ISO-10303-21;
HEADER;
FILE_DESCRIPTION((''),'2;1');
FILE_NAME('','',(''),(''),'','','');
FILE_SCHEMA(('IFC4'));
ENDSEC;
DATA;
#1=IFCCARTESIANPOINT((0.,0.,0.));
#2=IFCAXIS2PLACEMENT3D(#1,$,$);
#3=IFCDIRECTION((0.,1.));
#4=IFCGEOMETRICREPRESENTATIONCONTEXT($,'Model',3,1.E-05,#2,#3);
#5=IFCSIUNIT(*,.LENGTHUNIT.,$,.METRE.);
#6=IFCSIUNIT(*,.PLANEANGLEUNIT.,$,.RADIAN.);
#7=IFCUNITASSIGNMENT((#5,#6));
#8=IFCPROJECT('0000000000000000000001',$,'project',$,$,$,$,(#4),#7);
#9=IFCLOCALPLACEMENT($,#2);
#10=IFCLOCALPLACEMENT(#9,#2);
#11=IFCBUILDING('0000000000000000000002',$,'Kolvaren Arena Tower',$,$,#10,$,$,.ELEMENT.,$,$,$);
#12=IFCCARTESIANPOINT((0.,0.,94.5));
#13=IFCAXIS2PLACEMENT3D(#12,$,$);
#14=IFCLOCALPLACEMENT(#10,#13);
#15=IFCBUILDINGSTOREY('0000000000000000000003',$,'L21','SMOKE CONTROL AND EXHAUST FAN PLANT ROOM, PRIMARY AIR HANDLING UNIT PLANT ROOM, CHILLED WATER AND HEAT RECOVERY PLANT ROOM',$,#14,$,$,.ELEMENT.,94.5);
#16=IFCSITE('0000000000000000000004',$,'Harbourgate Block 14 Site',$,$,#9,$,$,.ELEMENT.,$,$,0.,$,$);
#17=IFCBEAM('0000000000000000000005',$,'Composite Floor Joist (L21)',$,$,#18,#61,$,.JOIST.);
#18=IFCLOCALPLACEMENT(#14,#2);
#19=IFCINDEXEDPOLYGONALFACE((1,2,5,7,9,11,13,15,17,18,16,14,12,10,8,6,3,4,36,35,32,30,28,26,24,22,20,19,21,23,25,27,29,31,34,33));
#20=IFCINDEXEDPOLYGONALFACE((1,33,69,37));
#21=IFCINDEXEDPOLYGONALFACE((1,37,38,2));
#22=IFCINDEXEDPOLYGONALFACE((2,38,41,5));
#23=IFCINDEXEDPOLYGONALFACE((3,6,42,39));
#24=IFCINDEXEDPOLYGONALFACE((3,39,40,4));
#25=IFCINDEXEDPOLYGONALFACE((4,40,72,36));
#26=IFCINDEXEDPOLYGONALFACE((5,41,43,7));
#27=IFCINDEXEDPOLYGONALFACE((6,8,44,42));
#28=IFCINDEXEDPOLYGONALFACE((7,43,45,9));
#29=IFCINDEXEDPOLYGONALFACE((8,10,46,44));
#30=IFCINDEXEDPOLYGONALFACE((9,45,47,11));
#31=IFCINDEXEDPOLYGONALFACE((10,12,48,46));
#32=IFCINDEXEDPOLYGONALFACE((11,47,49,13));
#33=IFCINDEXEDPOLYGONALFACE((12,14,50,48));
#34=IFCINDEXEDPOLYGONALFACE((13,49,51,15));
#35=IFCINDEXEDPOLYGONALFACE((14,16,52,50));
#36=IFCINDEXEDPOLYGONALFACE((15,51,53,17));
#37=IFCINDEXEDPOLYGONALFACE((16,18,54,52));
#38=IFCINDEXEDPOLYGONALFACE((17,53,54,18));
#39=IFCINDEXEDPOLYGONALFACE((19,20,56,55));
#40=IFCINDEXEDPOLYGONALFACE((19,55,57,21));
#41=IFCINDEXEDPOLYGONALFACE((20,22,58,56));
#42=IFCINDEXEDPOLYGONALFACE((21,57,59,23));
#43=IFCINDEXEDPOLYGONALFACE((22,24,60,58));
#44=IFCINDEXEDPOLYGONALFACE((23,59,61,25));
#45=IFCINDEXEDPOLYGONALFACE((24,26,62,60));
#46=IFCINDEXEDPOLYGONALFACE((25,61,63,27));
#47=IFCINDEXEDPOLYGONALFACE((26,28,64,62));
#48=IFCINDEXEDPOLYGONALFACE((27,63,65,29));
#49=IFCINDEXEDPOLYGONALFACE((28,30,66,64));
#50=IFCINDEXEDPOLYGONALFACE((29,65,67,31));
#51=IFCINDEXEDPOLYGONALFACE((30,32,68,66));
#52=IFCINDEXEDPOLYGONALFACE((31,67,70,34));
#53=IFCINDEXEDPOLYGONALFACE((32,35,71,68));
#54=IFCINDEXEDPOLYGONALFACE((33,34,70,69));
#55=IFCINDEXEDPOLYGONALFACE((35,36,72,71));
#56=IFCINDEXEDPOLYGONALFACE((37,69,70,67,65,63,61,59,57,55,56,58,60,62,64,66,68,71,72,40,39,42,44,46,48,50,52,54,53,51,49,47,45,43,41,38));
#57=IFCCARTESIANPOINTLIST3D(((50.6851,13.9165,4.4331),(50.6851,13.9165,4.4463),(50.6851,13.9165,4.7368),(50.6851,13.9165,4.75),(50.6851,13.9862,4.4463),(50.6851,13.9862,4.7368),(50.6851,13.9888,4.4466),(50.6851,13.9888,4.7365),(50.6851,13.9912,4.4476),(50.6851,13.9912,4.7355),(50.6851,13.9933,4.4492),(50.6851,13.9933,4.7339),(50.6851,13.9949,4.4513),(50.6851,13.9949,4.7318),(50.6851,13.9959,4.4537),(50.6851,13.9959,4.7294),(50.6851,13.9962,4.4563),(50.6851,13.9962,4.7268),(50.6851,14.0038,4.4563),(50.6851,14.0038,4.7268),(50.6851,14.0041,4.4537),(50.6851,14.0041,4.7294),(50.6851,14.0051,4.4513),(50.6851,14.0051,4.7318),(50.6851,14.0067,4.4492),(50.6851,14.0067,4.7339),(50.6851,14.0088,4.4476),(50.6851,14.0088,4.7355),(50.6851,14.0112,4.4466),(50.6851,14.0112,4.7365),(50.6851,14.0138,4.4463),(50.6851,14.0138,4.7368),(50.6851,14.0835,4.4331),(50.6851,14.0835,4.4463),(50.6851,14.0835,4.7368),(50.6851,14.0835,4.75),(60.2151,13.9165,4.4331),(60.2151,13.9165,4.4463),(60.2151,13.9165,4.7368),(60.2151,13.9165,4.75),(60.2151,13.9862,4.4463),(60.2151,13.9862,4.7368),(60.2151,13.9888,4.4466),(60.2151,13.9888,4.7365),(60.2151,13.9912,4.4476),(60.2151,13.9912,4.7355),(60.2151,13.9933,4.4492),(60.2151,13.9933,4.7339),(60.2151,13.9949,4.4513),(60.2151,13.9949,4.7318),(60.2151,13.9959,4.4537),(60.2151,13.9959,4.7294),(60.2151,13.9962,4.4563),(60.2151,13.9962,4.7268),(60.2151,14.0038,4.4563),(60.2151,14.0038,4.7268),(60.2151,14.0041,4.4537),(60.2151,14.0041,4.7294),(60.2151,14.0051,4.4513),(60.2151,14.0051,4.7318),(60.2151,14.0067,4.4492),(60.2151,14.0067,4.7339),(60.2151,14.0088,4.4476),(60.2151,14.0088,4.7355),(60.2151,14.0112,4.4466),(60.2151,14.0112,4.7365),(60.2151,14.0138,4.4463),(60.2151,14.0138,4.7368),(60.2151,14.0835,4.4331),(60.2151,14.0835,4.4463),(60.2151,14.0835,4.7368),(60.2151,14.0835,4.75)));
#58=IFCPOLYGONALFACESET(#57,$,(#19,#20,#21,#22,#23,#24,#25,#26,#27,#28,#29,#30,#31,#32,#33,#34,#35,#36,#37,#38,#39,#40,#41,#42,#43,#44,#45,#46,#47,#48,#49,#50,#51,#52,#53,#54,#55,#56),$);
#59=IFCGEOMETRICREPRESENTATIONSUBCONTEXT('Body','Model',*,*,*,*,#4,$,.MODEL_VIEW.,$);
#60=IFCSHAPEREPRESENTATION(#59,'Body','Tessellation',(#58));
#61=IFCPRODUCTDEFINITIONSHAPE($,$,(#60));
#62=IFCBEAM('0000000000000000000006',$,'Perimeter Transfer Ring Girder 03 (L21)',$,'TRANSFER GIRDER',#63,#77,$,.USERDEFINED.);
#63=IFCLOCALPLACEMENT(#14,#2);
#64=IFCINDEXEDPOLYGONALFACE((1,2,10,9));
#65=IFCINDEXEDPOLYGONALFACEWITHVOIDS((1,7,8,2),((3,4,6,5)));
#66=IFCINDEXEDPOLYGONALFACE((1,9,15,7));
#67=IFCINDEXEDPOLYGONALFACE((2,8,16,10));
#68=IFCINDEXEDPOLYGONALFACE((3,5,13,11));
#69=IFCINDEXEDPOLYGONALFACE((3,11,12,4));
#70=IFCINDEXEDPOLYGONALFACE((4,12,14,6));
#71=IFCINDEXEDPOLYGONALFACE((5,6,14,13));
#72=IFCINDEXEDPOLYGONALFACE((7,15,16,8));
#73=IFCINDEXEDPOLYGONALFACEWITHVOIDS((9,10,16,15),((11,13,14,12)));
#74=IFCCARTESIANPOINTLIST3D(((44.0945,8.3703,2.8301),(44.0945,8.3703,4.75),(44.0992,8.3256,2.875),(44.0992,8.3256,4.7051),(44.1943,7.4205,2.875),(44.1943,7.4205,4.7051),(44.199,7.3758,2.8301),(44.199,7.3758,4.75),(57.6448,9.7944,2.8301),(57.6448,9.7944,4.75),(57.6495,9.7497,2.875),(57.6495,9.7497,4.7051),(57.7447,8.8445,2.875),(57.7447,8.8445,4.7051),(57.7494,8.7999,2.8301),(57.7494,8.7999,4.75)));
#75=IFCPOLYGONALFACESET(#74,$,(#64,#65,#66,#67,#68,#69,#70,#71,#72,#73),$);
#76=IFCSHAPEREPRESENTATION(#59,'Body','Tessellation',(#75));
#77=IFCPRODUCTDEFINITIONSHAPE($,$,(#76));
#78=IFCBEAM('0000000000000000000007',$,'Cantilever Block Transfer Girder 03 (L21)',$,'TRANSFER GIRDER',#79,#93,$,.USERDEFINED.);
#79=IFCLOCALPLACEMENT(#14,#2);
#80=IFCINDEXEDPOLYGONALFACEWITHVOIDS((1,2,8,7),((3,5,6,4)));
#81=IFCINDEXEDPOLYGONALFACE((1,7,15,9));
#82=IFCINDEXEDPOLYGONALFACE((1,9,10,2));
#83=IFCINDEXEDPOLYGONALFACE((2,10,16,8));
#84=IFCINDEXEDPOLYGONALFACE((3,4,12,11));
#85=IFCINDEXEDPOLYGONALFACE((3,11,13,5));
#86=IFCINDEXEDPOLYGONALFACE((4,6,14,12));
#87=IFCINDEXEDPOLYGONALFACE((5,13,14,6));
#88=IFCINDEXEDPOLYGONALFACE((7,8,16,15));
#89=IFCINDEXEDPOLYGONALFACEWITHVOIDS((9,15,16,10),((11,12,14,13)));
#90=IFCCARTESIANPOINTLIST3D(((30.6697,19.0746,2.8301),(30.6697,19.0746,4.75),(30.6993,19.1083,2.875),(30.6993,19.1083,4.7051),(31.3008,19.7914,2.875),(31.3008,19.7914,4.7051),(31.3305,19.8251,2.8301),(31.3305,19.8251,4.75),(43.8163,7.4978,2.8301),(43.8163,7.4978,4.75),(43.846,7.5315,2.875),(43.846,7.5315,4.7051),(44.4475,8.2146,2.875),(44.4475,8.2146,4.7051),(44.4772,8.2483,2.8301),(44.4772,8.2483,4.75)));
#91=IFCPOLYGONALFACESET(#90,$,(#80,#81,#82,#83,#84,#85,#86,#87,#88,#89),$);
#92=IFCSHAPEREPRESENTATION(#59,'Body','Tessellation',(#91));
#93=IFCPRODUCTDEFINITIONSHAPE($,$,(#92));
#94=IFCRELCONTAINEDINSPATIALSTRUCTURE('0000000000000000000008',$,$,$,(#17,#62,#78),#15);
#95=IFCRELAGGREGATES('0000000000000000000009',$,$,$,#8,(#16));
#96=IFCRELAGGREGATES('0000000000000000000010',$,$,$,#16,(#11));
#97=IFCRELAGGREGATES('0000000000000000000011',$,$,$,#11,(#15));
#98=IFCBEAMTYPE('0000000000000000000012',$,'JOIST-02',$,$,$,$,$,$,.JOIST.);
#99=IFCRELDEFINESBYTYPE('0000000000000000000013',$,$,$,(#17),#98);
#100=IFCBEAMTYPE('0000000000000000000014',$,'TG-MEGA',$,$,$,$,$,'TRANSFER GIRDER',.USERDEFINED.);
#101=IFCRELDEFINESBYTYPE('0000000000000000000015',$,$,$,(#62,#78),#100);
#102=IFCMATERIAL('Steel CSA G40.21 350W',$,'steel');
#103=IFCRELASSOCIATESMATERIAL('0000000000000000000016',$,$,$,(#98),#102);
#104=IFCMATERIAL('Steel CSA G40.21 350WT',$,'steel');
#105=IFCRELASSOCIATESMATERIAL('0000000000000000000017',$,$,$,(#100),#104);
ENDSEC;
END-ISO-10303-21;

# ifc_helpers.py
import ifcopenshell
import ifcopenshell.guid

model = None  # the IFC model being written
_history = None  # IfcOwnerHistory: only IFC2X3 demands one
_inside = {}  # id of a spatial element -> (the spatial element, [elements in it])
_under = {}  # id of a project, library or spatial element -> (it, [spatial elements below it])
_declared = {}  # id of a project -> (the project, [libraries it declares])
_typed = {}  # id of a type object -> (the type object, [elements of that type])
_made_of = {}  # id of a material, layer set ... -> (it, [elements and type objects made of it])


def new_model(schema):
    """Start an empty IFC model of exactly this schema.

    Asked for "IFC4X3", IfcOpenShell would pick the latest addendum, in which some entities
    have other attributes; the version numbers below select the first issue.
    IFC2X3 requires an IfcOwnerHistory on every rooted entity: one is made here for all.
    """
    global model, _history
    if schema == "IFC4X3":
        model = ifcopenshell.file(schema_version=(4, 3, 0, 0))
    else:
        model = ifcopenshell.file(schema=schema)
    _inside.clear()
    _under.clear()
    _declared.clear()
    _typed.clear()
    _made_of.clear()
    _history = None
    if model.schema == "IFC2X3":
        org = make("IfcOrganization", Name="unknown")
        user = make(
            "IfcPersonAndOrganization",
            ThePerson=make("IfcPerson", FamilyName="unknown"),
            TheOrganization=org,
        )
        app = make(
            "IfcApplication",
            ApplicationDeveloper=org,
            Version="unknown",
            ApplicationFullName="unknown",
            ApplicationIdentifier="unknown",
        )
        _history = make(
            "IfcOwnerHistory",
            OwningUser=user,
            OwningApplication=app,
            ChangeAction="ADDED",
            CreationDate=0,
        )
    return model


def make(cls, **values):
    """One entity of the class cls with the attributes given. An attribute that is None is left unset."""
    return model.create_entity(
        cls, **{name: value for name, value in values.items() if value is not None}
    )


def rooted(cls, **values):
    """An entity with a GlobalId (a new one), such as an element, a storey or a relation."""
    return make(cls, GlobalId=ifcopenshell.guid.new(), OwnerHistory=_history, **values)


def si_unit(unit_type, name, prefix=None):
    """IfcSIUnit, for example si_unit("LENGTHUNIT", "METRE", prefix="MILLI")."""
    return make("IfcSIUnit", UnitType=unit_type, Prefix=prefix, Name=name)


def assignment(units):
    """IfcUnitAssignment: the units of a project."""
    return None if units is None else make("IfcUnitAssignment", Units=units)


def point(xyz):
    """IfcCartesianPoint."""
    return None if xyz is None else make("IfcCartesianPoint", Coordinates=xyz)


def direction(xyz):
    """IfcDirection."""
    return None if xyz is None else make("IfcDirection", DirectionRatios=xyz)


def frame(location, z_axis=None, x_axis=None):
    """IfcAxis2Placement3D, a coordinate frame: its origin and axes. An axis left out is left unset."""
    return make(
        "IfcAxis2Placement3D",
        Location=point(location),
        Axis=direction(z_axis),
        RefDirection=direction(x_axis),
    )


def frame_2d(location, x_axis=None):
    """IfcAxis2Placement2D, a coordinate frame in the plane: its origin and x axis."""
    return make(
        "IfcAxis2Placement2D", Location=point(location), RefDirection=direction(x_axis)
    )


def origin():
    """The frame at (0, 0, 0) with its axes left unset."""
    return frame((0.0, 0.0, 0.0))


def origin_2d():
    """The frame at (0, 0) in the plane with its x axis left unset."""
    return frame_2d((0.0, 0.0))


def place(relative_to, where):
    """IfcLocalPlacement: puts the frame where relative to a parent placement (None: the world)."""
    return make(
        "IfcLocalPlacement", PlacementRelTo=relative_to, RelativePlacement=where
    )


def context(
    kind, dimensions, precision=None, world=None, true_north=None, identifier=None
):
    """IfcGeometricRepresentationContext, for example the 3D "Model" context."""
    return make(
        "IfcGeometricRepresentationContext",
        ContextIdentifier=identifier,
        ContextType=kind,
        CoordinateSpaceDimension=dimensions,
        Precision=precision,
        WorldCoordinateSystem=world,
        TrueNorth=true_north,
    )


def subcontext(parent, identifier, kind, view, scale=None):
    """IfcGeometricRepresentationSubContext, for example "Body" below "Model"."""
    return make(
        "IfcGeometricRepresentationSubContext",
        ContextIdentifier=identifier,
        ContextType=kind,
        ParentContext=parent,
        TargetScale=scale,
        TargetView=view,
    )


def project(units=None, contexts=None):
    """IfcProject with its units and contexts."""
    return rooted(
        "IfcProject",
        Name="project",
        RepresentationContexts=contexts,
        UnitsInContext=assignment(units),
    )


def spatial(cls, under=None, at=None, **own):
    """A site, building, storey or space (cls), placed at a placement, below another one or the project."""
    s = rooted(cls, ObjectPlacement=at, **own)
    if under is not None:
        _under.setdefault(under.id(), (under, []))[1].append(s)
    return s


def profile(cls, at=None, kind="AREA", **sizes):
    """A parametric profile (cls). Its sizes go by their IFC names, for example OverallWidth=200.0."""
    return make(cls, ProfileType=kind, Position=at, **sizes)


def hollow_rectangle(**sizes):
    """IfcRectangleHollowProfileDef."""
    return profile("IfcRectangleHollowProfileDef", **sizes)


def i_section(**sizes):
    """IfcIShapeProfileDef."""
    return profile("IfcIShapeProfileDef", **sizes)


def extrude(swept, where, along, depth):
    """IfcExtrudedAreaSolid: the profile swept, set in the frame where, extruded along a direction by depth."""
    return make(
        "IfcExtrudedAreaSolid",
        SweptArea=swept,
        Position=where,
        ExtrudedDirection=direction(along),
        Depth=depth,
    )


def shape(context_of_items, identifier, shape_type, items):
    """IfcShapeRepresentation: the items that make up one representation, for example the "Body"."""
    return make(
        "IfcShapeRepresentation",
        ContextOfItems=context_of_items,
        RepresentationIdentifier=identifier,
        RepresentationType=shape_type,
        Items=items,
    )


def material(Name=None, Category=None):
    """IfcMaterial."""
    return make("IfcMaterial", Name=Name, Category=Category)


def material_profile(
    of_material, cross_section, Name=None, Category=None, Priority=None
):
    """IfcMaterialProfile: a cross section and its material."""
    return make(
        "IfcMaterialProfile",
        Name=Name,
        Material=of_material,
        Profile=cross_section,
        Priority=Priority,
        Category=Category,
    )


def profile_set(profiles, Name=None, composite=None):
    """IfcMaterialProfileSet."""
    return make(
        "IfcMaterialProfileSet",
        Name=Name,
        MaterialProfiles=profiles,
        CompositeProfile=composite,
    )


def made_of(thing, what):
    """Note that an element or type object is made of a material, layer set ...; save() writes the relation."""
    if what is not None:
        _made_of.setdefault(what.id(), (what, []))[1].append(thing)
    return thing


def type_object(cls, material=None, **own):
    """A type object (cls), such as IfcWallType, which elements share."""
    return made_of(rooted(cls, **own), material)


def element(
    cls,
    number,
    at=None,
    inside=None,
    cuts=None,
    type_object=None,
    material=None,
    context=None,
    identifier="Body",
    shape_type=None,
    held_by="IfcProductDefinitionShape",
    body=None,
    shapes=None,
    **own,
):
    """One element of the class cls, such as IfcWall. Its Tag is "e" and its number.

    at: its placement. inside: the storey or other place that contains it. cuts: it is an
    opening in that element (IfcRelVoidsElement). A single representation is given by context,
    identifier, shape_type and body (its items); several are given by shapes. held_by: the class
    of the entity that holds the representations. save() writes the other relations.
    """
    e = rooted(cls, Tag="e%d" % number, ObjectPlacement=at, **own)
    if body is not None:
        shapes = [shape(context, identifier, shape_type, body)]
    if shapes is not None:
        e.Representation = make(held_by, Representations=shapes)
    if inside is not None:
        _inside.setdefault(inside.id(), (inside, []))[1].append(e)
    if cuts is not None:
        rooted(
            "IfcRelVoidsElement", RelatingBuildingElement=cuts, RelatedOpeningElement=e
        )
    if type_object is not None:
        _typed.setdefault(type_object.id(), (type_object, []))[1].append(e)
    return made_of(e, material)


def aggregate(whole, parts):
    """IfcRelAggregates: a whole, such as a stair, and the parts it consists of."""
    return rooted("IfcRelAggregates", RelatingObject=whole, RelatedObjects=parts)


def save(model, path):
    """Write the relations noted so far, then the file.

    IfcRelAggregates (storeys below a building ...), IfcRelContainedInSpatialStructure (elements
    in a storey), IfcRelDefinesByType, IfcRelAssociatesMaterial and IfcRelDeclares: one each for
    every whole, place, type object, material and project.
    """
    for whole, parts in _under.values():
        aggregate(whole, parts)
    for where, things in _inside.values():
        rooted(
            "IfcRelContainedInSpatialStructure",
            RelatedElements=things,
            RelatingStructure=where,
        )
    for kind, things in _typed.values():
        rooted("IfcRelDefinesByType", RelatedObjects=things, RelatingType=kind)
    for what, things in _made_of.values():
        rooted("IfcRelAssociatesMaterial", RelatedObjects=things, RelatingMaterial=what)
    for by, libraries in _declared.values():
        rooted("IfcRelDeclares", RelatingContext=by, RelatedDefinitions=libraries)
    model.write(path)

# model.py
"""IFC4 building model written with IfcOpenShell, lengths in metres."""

from ifc_helpers import new_model, si_unit, direction, frame, origin, origin_2d, place, context, subcontext, project, spatial, hollow_rectangle, i_section, extrude, material, material_profile, profile_set, type_object, element, save


model = new_model("IFC4")

# Units and contexts
model_context = context("Model", 3, precision=1e-05, world=origin(), true_north=direction((0.0, 1.0)))
body_context = subcontext(model_context, "Body", "Model", "MODEL_VIEW")
ifc_project = project(units=[si_unit("LENGTHUNIT", "METRE"), si_unit("PLANEANGLEUNIT", "RADIAN")], contexts=[model_context])

# Site, building, storey
site_placement = place(None, origin())
site = spatial("IfcSite", under=ifc_project, at=site_placement, Name="Harbourgate Block 14 Site", CompositionType="ELEMENT", RefElevation=0.0)
building_placement = place(site_placement, origin())
building = spatial("IfcBuilding", under=site, at=building_placement, Name="Kolvaren Arena Tower", CompositionType="ELEMENT")
storey_placement = place(building_placement, frame((0.0, 0.0, 94.5)))
storey = spatial("IfcBuildingStorey", under=building, at=storey_placement, Name="L21", Description="SMOKE CONTROL AND EXHAUST FAN PLANT ROOM, PRIMARY AIR HANDLING UNIT PLANT ROOM, CHILLED WATER AND HEAT RECOVERY PLANT ROOM", CompositionType="ELEMENT", Elevation=94.5)

# Beams
ifc_material_1 = material(Name="Steel CSA G40.21 350W", Category="steel")
ifc_material_profile_1 = material_profile(ifc_material_1, i_section(OverallWidth=0.167, OverallDepth=0.3169, WebThickness=0.0076, FlangeThickness=0.0132, FilletRadius=0.01, at=origin_2d()), Name="W310x52")
ifc_profile_set_1 = profile_set([ifc_material_profile_1], Name="Steel CSA G40.21 350W")
beam_type_1 = type_object("IfcBeamType", Name="JOIST-02", PredefinedType="JOIST", material=ifc_profile_set_1)
beam_1_placement = place(storey_placement, frame((50.6851, 14.0, 4.5916), z_axis=(1.0, 0.0, 0.0), x_axis=(0.0, 1.0, 0.0)))
element("IfcBeam", 1, at=beam_1_placement, inside=storey, type_object=beam_type_1, Name="Composite Floor Joist (L21)", PredefinedType="JOIST", context=body_context, shape_type="SweptSolid", body=[
    extrude(i_section(OverallWidth=0.167, OverallDepth=0.3169, WebThickness=0.0076, FlangeThickness=0.0132, FilletRadius=0.01, at=origin_2d()), origin(), (0.0, 0.0, 1.0), 9.53),
])
ifc_material_2 = material(Name="Steel CSA G40.21 350WT", Category="steel")
ifc_material_profile_2 = material_profile(ifc_material_2, hollow_rectangle(XDim=1.0, YDim=1.9199, WallThickness=0.0449, at=origin_2d()), Name="BOX 1000x1920x45")
ifc_profile_set_2 = profile_set([ifc_material_profile_2], Name="Steel CSA G40.21 350WT")
beam_type_2 = type_object("IfcBeamType", Name="TG-MEGA", ElementType="TRANSFER GIRDER", PredefinedType="USERDEFINED", material=ifc_profile_set_2)
beam_2_placement = place(storey_placement, frame((44.1467, 7.873, 3.79), z_axis=(0.994523, 0.10452, 0.0), x_axis=(-0.10452, 0.994523, 0.0)))
element("IfcBeam", 2, at=beam_2_placement, inside=storey, type_object=beam_type_2, Name="Perimeter Transfer Ring Girder 03 (L21)", ObjectType="TRANSFER GIRDER", PredefinedType="USERDEFINED", context=body_context, shape_type="SweptSolid", body=[
    extrude(hollow_rectangle(XDim=1.0, YDim=1.9199, WallThickness=0.0449, at=origin_2d()), origin(), (0.0, 0.0, 1.0), 13.625),
])
beam_3_placement = place(storey_placement, frame((44.1467, 7.873, 3.79), z_axis=(-0.750493, 0.660878, 0.0), x_axis=(-0.660878, -0.750493, 0.0)))
element("IfcBeam", 3, at=beam_3_placement, inside=storey, type_object=beam_type_2, Name="Cantilever Block Transfer Girder 03 (L21)", ObjectType="TRANSFER GIRDER", PredefinedType="USERDEFINED", context=body_context, shape_type="SweptSolid", body=[
    extrude(hollow_rectangle(XDim=1.0, YDim=1.9199, WallThickness=0.0449, at=origin_2d()), origin(), (0.0, 0.0, 1.0), 17.5173),
])

save(model, "model.ifc")
